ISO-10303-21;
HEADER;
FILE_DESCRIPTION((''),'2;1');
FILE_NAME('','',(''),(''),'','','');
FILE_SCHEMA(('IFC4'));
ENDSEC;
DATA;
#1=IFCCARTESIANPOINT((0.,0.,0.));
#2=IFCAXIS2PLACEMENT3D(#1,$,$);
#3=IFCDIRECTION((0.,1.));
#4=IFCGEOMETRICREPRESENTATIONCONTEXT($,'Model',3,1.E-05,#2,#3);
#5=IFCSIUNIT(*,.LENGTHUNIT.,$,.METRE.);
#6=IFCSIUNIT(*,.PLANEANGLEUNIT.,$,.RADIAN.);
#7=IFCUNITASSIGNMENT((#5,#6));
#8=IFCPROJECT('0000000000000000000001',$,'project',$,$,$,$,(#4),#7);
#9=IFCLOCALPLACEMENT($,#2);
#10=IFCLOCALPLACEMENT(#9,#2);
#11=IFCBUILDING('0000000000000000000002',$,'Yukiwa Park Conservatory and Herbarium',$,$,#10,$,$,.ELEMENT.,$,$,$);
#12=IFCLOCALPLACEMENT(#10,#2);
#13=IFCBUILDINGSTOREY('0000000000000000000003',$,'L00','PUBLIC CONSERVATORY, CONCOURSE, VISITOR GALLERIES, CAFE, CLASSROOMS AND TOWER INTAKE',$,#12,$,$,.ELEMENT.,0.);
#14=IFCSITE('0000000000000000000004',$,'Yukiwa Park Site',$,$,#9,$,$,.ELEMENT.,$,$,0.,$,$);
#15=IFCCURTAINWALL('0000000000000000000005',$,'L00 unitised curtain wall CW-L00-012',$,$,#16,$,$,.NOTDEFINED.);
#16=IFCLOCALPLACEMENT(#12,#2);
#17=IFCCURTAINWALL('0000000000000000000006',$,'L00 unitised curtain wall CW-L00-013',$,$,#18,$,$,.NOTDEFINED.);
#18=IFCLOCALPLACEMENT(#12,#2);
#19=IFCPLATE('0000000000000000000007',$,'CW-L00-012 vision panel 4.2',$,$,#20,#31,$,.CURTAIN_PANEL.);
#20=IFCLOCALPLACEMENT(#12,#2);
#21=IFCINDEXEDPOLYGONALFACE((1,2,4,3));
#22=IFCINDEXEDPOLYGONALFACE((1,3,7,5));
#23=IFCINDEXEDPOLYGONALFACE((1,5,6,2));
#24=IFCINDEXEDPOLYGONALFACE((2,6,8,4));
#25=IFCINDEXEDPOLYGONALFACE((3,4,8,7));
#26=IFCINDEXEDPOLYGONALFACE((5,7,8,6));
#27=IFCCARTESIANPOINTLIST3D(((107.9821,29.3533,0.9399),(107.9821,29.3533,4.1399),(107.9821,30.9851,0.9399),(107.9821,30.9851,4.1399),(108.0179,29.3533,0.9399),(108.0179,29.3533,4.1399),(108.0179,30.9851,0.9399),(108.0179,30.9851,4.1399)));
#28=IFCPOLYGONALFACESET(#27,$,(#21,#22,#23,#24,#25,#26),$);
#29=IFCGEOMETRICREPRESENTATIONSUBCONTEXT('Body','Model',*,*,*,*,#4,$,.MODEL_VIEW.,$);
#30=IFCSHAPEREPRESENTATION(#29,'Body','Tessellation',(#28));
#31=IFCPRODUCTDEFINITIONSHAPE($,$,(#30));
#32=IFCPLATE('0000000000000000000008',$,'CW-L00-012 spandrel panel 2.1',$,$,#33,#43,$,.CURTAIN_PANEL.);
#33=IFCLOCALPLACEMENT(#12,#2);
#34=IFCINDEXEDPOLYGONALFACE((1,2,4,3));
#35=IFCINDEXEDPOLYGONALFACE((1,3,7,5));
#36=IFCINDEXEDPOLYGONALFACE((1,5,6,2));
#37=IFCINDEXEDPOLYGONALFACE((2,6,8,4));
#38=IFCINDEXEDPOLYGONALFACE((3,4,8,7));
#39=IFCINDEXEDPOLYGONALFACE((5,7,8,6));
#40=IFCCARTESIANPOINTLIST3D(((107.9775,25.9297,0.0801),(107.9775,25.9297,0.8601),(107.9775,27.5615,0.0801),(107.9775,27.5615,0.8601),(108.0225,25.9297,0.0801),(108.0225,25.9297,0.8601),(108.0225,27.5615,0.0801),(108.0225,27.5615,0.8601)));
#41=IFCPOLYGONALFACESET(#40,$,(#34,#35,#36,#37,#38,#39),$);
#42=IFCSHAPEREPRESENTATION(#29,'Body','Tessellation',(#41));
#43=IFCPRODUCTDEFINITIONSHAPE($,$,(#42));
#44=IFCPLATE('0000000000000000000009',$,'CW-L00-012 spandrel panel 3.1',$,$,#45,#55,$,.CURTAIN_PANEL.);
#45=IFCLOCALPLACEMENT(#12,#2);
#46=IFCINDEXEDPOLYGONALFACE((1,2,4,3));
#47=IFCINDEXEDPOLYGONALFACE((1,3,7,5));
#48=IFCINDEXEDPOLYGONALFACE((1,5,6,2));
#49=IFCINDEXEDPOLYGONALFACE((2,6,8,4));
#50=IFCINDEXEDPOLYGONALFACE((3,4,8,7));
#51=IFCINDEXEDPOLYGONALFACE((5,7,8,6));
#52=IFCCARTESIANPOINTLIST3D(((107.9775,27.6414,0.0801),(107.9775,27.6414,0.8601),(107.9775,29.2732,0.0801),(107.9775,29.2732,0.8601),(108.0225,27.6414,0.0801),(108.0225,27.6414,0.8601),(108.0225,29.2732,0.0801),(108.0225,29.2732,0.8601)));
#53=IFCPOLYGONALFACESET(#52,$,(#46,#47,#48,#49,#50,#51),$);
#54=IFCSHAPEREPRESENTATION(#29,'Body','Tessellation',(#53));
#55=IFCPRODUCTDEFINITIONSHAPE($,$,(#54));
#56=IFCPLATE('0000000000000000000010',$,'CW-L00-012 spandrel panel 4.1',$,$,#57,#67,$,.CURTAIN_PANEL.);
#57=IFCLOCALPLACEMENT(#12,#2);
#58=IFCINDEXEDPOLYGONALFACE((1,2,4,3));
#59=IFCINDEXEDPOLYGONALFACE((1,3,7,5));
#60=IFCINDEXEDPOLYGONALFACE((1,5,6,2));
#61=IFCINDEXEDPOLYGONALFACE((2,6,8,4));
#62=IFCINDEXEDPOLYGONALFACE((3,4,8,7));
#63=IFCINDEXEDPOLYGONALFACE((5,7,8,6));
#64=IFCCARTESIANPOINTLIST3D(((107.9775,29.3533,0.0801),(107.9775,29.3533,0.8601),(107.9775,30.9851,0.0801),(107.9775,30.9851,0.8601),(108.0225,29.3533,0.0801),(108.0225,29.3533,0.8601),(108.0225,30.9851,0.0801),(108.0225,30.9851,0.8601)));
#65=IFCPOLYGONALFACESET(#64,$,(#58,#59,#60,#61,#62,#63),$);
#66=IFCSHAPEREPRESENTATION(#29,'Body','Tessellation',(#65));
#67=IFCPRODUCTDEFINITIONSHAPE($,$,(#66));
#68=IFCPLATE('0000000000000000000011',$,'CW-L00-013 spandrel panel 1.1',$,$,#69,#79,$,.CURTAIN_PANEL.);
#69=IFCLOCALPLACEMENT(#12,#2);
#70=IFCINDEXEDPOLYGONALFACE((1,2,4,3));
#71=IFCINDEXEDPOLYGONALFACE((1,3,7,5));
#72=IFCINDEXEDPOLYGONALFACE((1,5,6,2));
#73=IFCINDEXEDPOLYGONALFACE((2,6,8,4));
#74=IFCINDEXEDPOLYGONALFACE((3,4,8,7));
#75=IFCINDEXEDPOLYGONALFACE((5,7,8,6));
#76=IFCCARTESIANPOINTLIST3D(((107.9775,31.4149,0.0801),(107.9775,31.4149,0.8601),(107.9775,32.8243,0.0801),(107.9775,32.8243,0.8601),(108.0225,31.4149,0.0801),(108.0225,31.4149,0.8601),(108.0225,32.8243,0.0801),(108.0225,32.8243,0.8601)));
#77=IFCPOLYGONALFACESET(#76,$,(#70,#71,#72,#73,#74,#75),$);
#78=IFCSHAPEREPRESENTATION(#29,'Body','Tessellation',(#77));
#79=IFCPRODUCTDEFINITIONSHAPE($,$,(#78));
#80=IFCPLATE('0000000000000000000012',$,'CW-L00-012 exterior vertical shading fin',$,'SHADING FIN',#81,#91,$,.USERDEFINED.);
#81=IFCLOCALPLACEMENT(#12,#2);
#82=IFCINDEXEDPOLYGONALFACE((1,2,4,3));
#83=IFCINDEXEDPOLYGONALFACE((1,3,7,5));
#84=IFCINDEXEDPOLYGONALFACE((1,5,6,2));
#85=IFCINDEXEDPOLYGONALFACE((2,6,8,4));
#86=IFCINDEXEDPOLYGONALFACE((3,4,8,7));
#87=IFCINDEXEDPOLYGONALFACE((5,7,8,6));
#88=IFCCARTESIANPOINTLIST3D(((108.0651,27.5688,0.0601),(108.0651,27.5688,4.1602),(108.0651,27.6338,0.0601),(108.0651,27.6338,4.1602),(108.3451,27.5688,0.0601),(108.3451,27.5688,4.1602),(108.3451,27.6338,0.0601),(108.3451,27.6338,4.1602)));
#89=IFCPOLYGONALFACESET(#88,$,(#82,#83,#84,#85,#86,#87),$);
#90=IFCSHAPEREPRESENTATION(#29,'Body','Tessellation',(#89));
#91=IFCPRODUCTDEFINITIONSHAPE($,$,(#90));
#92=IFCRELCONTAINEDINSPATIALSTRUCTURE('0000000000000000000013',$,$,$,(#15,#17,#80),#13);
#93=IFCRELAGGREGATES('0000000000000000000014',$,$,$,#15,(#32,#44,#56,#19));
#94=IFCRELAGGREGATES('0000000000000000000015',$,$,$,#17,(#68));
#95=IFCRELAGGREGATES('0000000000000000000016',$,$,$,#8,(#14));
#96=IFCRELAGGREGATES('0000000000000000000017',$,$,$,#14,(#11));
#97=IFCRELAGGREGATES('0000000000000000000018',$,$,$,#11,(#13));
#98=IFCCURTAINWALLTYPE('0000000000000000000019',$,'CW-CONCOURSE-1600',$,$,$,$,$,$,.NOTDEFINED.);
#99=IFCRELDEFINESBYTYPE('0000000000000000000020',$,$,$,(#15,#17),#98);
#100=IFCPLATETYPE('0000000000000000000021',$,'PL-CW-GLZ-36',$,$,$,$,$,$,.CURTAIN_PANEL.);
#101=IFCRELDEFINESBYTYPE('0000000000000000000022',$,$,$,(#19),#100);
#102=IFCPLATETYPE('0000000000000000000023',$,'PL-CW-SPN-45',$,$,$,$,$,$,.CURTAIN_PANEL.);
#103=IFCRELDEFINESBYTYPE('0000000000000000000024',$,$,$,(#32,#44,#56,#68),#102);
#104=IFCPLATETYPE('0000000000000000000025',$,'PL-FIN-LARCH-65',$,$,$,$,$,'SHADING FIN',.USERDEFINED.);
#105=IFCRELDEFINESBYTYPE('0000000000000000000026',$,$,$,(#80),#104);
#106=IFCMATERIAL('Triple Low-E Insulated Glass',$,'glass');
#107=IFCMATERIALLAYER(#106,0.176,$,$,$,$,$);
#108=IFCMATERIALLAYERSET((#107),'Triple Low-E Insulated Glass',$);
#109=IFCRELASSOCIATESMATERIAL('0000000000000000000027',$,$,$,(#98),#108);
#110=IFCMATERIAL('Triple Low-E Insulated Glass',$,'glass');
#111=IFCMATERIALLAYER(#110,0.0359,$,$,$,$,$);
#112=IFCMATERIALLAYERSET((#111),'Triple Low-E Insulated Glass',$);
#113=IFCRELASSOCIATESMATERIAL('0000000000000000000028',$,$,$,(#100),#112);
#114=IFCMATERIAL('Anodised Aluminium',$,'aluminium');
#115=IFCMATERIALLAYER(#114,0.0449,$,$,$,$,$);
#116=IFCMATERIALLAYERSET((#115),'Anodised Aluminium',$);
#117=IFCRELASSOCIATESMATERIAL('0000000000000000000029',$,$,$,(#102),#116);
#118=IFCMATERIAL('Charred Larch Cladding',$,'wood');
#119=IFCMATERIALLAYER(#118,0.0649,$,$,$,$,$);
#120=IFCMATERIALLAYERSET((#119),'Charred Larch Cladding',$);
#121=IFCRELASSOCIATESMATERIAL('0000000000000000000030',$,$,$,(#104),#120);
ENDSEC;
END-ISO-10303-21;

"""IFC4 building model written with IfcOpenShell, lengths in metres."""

from ifc_helpers import new_model, si_unit, direction, frame, origin, origin_2d, place, context, subcontext, project, spatial, rectangle, extrude, material, layer, layer_set, type_object, element, aggregate, save


model = new_model("IFC4")

# Units and contexts
model_context = context("Model", 3, precision=1e-05, world=origin(), true_north=direction((0.0, 1.0)))
body_context = subcontext(model_context, "Body", "Model", "MODEL_VIEW")
ifc_project = project(units=[si_unit("LENGTHUNIT", "METRE"), si_unit("PLANEANGLEUNIT", "RADIAN")], contexts=[model_context])

# Site, building, storey
site_placement = place(None, origin())
site = spatial("IfcSite", under=ifc_project, at=site_placement, Name="Yukiwa Park Site", CompositionType="ELEMENT", RefElevation=0.0)
building_placement = place(site_placement, origin())
building = spatial("IfcBuilding", under=site, at=building_placement, Name="Yukiwa Park Conservatory and Herbarium", CompositionType="ELEMENT")
storey_placement = place(building_placement, origin())
storey = spatial("IfcBuildingStorey", under=building, at=storey_placement, Name="L00", Description="PUBLIC CONSERVATORY, CONCOURSE, VISITOR GALLERIES, CAFE, CLASSROOMS AND TOWER INTAKE", CompositionType="ELEMENT", Elevation=0.0)

# Curtain wall
ifc_material_1 = material(Name="Triple Low-E Insulated Glass", Category="glass")
ifc_layer_1 = layer(ifc_material_1, 0.176)
ifc_layer_set_1 = layer_set([ifc_layer_1], Name="Triple Low-E Insulated Glass")
curtain_wall_type = type_object("IfcCurtainWallType", Name="CW-CONCOURSE-1600", PredefinedType="NOTDEFINED", material=ifc_layer_set_1)
curtain_wall_1_placement = place(storey_placement, origin())
curtain_wall_1 = element("IfcCurtainWall", 1, at=curtain_wall_1_placement, inside=storey, type_object=curtain_wall_type, Name="L00 unitised curtain wall CW-L00-012", PredefinedType="NOTDEFINED")

# Curtain wall
curtain_wall_2_placement = place(storey_placement, origin())
curtain_wall_2 = element("IfcCurtainWall", 2, at=curtain_wall_2_placement, inside=storey, type_object=curtain_wall_type, Name="L00 unitised curtain wall CW-L00-013", PredefinedType="NOTDEFINED")

# Plates
ifc_material_2 = material(Name="Triple Low-E Insulated Glass", Category="glass")
ifc_layer_2 = layer(ifc_material_2, 0.0359)
ifc_layer_set_2 = layer_set([ifc_layer_2], Name="Triple Low-E Insulated Glass")
plate_type_1 = type_object("IfcPlateType", Name="PL-CW-GLZ-36", PredefinedType="CURTAIN_PANEL", material=ifc_layer_set_2)
plate_1_placement = place(storey_placement, frame((108.0, 30.1692, 0.9399), z_axis=(0.0, 0.0, 1.0), x_axis=(0.0, 1.0, 0.0)))
plate_1 = element("IfcPlate", 3, at=plate_1_placement, type_object=plate_type_1, Name="CW-L00-012 vision panel 4.2", PredefinedType="CURTAIN_PANEL", context=body_context, shape_type="SweptSolid", body=[
    extrude(rectangle(XDim=1.6318, YDim=0.0359, at=origin_2d()), origin(), (0.0, 0.0, 1.0), 3.2),
])
ifc_material_3 = material(Name="Anodised Aluminium", Category="aluminium")
ifc_layer_3 = layer(ifc_material_3, 0.0449)
ifc_layer_set_3 = layer_set([ifc_layer_3], Name="Anodised Aluminium")
plate_type_2 = type_object("IfcPlateType", Name="PL-CW-SPN-45", PredefinedType="CURTAIN_PANEL", material=ifc_layer_set_3)
plate_2_placement = place(storey_placement, frame((108.0, 26.7456, 0.0801), z_axis=(0.0, 0.0, 1.0), x_axis=(0.0, 1.0, 0.0)))
plate_2 = element("IfcPlate", 4, at=plate_2_placement, type_object=plate_type_2, Name="CW-L00-012 spandrel panel 2.1", PredefinedType="CURTAIN_PANEL", context=body_context, shape_type="SweptSolid", body=[
    extrude(rectangle(XDim=1.6318, YDim=0.0449, at=origin_2d()), origin(), (0.0, 0.0, 1.0), 0.78),
])
plate_3_placement = place(storey_placement, frame((108.0, 28.4573, 0.0801), z_axis=(0.0, 0.0, 1.0), x_axis=(0.0, 1.0, 0.0)))
plate_3 = element("IfcPlate", 5, at=plate_3_placement, type_object=plate_type_2, Name="CW-L00-012 spandrel panel 3.1", PredefinedType="CURTAIN_PANEL", context=body_context, shape_type="SweptSolid", body=[
    extrude(rectangle(XDim=1.6318, YDim=0.0449, at=origin_2d()), origin(), (0.0, 0.0, 1.0), 0.78),
])
plate_4_placement = place(storey_placement, frame((108.0, 30.1692, 0.0801), z_axis=(0.0, 0.0, 1.0), x_axis=(0.0, 1.0, 0.0)))
plate_4 = element("IfcPlate", 6, at=plate_4_placement, type_object=plate_type_2, Name="CW-L00-012 spandrel panel 4.1", PredefinedType="CURTAIN_PANEL", context=body_context, shape_type="SweptSolid", body=[
    extrude(rectangle(XDim=1.6318, YDim=0.0449, at=origin_2d()), origin(), (0.0, 0.0, 1.0), 0.78),
])
aggregate(curtain_wall_1, [plate_2, plate_3, plate_4, plate_1])
plate_5_placement = place(storey_placement, frame((108.0, 32.1196, 0.0801), z_axis=(0.0, 0.0, 1.0), x_axis=(0.0, 1.0, 0.0)))
plate_5 = element("IfcPlate", 7, at=plate_5_placement, type_object=plate_type_2, Name="CW-L00-013 spandrel panel 1.1", PredefinedType="CURTAIN_PANEL", context=body_context, shape_type="SweptSolid", body=[
    extrude(rectangle(XDim=1.4094, YDim=0.0449, at=origin_2d()), origin(), (0.0, 0.0, 1.0), 0.78),
])
aggregate(curtain_wall_2, [plate_5])
ifc_material_4 = material(Name="Charred Larch Cladding", Category="wood")
ifc_layer_4 = layer(ifc_material_4, 0.0649)
ifc_layer_set_4 = layer_set([ifc_layer_4], Name="Charred Larch Cladding")
plate_type_3 = type_object("IfcPlateType", Name="PL-FIN-LARCH-65", ElementType="SHADING FIN", PredefinedType="USERDEFINED", material=ifc_layer_set_4)
plate_6_placement = place(storey_placement, frame((108.2051, 27.6013, 0.0601), z_axis=(0.0, 0.0, 1.0), x_axis=(0.0, 1.0, 0.0)))
element("IfcPlate", 8, at=plate_6_placement, inside=storey, type_object=plate_type_3, Name="CW-L00-012 exterior vertical shading fin", ObjectType="SHADING FIN", PredefinedType="USERDEFINED", context=body_context, shape_type="SweptSolid", body=[
    extrude(rectangle(XDim=0.0649, YDim=0.28, at=origin_2d()), origin(), (0.0, 0.0, 1.0), 4.1001),
])

save(model, "model.ifc")
